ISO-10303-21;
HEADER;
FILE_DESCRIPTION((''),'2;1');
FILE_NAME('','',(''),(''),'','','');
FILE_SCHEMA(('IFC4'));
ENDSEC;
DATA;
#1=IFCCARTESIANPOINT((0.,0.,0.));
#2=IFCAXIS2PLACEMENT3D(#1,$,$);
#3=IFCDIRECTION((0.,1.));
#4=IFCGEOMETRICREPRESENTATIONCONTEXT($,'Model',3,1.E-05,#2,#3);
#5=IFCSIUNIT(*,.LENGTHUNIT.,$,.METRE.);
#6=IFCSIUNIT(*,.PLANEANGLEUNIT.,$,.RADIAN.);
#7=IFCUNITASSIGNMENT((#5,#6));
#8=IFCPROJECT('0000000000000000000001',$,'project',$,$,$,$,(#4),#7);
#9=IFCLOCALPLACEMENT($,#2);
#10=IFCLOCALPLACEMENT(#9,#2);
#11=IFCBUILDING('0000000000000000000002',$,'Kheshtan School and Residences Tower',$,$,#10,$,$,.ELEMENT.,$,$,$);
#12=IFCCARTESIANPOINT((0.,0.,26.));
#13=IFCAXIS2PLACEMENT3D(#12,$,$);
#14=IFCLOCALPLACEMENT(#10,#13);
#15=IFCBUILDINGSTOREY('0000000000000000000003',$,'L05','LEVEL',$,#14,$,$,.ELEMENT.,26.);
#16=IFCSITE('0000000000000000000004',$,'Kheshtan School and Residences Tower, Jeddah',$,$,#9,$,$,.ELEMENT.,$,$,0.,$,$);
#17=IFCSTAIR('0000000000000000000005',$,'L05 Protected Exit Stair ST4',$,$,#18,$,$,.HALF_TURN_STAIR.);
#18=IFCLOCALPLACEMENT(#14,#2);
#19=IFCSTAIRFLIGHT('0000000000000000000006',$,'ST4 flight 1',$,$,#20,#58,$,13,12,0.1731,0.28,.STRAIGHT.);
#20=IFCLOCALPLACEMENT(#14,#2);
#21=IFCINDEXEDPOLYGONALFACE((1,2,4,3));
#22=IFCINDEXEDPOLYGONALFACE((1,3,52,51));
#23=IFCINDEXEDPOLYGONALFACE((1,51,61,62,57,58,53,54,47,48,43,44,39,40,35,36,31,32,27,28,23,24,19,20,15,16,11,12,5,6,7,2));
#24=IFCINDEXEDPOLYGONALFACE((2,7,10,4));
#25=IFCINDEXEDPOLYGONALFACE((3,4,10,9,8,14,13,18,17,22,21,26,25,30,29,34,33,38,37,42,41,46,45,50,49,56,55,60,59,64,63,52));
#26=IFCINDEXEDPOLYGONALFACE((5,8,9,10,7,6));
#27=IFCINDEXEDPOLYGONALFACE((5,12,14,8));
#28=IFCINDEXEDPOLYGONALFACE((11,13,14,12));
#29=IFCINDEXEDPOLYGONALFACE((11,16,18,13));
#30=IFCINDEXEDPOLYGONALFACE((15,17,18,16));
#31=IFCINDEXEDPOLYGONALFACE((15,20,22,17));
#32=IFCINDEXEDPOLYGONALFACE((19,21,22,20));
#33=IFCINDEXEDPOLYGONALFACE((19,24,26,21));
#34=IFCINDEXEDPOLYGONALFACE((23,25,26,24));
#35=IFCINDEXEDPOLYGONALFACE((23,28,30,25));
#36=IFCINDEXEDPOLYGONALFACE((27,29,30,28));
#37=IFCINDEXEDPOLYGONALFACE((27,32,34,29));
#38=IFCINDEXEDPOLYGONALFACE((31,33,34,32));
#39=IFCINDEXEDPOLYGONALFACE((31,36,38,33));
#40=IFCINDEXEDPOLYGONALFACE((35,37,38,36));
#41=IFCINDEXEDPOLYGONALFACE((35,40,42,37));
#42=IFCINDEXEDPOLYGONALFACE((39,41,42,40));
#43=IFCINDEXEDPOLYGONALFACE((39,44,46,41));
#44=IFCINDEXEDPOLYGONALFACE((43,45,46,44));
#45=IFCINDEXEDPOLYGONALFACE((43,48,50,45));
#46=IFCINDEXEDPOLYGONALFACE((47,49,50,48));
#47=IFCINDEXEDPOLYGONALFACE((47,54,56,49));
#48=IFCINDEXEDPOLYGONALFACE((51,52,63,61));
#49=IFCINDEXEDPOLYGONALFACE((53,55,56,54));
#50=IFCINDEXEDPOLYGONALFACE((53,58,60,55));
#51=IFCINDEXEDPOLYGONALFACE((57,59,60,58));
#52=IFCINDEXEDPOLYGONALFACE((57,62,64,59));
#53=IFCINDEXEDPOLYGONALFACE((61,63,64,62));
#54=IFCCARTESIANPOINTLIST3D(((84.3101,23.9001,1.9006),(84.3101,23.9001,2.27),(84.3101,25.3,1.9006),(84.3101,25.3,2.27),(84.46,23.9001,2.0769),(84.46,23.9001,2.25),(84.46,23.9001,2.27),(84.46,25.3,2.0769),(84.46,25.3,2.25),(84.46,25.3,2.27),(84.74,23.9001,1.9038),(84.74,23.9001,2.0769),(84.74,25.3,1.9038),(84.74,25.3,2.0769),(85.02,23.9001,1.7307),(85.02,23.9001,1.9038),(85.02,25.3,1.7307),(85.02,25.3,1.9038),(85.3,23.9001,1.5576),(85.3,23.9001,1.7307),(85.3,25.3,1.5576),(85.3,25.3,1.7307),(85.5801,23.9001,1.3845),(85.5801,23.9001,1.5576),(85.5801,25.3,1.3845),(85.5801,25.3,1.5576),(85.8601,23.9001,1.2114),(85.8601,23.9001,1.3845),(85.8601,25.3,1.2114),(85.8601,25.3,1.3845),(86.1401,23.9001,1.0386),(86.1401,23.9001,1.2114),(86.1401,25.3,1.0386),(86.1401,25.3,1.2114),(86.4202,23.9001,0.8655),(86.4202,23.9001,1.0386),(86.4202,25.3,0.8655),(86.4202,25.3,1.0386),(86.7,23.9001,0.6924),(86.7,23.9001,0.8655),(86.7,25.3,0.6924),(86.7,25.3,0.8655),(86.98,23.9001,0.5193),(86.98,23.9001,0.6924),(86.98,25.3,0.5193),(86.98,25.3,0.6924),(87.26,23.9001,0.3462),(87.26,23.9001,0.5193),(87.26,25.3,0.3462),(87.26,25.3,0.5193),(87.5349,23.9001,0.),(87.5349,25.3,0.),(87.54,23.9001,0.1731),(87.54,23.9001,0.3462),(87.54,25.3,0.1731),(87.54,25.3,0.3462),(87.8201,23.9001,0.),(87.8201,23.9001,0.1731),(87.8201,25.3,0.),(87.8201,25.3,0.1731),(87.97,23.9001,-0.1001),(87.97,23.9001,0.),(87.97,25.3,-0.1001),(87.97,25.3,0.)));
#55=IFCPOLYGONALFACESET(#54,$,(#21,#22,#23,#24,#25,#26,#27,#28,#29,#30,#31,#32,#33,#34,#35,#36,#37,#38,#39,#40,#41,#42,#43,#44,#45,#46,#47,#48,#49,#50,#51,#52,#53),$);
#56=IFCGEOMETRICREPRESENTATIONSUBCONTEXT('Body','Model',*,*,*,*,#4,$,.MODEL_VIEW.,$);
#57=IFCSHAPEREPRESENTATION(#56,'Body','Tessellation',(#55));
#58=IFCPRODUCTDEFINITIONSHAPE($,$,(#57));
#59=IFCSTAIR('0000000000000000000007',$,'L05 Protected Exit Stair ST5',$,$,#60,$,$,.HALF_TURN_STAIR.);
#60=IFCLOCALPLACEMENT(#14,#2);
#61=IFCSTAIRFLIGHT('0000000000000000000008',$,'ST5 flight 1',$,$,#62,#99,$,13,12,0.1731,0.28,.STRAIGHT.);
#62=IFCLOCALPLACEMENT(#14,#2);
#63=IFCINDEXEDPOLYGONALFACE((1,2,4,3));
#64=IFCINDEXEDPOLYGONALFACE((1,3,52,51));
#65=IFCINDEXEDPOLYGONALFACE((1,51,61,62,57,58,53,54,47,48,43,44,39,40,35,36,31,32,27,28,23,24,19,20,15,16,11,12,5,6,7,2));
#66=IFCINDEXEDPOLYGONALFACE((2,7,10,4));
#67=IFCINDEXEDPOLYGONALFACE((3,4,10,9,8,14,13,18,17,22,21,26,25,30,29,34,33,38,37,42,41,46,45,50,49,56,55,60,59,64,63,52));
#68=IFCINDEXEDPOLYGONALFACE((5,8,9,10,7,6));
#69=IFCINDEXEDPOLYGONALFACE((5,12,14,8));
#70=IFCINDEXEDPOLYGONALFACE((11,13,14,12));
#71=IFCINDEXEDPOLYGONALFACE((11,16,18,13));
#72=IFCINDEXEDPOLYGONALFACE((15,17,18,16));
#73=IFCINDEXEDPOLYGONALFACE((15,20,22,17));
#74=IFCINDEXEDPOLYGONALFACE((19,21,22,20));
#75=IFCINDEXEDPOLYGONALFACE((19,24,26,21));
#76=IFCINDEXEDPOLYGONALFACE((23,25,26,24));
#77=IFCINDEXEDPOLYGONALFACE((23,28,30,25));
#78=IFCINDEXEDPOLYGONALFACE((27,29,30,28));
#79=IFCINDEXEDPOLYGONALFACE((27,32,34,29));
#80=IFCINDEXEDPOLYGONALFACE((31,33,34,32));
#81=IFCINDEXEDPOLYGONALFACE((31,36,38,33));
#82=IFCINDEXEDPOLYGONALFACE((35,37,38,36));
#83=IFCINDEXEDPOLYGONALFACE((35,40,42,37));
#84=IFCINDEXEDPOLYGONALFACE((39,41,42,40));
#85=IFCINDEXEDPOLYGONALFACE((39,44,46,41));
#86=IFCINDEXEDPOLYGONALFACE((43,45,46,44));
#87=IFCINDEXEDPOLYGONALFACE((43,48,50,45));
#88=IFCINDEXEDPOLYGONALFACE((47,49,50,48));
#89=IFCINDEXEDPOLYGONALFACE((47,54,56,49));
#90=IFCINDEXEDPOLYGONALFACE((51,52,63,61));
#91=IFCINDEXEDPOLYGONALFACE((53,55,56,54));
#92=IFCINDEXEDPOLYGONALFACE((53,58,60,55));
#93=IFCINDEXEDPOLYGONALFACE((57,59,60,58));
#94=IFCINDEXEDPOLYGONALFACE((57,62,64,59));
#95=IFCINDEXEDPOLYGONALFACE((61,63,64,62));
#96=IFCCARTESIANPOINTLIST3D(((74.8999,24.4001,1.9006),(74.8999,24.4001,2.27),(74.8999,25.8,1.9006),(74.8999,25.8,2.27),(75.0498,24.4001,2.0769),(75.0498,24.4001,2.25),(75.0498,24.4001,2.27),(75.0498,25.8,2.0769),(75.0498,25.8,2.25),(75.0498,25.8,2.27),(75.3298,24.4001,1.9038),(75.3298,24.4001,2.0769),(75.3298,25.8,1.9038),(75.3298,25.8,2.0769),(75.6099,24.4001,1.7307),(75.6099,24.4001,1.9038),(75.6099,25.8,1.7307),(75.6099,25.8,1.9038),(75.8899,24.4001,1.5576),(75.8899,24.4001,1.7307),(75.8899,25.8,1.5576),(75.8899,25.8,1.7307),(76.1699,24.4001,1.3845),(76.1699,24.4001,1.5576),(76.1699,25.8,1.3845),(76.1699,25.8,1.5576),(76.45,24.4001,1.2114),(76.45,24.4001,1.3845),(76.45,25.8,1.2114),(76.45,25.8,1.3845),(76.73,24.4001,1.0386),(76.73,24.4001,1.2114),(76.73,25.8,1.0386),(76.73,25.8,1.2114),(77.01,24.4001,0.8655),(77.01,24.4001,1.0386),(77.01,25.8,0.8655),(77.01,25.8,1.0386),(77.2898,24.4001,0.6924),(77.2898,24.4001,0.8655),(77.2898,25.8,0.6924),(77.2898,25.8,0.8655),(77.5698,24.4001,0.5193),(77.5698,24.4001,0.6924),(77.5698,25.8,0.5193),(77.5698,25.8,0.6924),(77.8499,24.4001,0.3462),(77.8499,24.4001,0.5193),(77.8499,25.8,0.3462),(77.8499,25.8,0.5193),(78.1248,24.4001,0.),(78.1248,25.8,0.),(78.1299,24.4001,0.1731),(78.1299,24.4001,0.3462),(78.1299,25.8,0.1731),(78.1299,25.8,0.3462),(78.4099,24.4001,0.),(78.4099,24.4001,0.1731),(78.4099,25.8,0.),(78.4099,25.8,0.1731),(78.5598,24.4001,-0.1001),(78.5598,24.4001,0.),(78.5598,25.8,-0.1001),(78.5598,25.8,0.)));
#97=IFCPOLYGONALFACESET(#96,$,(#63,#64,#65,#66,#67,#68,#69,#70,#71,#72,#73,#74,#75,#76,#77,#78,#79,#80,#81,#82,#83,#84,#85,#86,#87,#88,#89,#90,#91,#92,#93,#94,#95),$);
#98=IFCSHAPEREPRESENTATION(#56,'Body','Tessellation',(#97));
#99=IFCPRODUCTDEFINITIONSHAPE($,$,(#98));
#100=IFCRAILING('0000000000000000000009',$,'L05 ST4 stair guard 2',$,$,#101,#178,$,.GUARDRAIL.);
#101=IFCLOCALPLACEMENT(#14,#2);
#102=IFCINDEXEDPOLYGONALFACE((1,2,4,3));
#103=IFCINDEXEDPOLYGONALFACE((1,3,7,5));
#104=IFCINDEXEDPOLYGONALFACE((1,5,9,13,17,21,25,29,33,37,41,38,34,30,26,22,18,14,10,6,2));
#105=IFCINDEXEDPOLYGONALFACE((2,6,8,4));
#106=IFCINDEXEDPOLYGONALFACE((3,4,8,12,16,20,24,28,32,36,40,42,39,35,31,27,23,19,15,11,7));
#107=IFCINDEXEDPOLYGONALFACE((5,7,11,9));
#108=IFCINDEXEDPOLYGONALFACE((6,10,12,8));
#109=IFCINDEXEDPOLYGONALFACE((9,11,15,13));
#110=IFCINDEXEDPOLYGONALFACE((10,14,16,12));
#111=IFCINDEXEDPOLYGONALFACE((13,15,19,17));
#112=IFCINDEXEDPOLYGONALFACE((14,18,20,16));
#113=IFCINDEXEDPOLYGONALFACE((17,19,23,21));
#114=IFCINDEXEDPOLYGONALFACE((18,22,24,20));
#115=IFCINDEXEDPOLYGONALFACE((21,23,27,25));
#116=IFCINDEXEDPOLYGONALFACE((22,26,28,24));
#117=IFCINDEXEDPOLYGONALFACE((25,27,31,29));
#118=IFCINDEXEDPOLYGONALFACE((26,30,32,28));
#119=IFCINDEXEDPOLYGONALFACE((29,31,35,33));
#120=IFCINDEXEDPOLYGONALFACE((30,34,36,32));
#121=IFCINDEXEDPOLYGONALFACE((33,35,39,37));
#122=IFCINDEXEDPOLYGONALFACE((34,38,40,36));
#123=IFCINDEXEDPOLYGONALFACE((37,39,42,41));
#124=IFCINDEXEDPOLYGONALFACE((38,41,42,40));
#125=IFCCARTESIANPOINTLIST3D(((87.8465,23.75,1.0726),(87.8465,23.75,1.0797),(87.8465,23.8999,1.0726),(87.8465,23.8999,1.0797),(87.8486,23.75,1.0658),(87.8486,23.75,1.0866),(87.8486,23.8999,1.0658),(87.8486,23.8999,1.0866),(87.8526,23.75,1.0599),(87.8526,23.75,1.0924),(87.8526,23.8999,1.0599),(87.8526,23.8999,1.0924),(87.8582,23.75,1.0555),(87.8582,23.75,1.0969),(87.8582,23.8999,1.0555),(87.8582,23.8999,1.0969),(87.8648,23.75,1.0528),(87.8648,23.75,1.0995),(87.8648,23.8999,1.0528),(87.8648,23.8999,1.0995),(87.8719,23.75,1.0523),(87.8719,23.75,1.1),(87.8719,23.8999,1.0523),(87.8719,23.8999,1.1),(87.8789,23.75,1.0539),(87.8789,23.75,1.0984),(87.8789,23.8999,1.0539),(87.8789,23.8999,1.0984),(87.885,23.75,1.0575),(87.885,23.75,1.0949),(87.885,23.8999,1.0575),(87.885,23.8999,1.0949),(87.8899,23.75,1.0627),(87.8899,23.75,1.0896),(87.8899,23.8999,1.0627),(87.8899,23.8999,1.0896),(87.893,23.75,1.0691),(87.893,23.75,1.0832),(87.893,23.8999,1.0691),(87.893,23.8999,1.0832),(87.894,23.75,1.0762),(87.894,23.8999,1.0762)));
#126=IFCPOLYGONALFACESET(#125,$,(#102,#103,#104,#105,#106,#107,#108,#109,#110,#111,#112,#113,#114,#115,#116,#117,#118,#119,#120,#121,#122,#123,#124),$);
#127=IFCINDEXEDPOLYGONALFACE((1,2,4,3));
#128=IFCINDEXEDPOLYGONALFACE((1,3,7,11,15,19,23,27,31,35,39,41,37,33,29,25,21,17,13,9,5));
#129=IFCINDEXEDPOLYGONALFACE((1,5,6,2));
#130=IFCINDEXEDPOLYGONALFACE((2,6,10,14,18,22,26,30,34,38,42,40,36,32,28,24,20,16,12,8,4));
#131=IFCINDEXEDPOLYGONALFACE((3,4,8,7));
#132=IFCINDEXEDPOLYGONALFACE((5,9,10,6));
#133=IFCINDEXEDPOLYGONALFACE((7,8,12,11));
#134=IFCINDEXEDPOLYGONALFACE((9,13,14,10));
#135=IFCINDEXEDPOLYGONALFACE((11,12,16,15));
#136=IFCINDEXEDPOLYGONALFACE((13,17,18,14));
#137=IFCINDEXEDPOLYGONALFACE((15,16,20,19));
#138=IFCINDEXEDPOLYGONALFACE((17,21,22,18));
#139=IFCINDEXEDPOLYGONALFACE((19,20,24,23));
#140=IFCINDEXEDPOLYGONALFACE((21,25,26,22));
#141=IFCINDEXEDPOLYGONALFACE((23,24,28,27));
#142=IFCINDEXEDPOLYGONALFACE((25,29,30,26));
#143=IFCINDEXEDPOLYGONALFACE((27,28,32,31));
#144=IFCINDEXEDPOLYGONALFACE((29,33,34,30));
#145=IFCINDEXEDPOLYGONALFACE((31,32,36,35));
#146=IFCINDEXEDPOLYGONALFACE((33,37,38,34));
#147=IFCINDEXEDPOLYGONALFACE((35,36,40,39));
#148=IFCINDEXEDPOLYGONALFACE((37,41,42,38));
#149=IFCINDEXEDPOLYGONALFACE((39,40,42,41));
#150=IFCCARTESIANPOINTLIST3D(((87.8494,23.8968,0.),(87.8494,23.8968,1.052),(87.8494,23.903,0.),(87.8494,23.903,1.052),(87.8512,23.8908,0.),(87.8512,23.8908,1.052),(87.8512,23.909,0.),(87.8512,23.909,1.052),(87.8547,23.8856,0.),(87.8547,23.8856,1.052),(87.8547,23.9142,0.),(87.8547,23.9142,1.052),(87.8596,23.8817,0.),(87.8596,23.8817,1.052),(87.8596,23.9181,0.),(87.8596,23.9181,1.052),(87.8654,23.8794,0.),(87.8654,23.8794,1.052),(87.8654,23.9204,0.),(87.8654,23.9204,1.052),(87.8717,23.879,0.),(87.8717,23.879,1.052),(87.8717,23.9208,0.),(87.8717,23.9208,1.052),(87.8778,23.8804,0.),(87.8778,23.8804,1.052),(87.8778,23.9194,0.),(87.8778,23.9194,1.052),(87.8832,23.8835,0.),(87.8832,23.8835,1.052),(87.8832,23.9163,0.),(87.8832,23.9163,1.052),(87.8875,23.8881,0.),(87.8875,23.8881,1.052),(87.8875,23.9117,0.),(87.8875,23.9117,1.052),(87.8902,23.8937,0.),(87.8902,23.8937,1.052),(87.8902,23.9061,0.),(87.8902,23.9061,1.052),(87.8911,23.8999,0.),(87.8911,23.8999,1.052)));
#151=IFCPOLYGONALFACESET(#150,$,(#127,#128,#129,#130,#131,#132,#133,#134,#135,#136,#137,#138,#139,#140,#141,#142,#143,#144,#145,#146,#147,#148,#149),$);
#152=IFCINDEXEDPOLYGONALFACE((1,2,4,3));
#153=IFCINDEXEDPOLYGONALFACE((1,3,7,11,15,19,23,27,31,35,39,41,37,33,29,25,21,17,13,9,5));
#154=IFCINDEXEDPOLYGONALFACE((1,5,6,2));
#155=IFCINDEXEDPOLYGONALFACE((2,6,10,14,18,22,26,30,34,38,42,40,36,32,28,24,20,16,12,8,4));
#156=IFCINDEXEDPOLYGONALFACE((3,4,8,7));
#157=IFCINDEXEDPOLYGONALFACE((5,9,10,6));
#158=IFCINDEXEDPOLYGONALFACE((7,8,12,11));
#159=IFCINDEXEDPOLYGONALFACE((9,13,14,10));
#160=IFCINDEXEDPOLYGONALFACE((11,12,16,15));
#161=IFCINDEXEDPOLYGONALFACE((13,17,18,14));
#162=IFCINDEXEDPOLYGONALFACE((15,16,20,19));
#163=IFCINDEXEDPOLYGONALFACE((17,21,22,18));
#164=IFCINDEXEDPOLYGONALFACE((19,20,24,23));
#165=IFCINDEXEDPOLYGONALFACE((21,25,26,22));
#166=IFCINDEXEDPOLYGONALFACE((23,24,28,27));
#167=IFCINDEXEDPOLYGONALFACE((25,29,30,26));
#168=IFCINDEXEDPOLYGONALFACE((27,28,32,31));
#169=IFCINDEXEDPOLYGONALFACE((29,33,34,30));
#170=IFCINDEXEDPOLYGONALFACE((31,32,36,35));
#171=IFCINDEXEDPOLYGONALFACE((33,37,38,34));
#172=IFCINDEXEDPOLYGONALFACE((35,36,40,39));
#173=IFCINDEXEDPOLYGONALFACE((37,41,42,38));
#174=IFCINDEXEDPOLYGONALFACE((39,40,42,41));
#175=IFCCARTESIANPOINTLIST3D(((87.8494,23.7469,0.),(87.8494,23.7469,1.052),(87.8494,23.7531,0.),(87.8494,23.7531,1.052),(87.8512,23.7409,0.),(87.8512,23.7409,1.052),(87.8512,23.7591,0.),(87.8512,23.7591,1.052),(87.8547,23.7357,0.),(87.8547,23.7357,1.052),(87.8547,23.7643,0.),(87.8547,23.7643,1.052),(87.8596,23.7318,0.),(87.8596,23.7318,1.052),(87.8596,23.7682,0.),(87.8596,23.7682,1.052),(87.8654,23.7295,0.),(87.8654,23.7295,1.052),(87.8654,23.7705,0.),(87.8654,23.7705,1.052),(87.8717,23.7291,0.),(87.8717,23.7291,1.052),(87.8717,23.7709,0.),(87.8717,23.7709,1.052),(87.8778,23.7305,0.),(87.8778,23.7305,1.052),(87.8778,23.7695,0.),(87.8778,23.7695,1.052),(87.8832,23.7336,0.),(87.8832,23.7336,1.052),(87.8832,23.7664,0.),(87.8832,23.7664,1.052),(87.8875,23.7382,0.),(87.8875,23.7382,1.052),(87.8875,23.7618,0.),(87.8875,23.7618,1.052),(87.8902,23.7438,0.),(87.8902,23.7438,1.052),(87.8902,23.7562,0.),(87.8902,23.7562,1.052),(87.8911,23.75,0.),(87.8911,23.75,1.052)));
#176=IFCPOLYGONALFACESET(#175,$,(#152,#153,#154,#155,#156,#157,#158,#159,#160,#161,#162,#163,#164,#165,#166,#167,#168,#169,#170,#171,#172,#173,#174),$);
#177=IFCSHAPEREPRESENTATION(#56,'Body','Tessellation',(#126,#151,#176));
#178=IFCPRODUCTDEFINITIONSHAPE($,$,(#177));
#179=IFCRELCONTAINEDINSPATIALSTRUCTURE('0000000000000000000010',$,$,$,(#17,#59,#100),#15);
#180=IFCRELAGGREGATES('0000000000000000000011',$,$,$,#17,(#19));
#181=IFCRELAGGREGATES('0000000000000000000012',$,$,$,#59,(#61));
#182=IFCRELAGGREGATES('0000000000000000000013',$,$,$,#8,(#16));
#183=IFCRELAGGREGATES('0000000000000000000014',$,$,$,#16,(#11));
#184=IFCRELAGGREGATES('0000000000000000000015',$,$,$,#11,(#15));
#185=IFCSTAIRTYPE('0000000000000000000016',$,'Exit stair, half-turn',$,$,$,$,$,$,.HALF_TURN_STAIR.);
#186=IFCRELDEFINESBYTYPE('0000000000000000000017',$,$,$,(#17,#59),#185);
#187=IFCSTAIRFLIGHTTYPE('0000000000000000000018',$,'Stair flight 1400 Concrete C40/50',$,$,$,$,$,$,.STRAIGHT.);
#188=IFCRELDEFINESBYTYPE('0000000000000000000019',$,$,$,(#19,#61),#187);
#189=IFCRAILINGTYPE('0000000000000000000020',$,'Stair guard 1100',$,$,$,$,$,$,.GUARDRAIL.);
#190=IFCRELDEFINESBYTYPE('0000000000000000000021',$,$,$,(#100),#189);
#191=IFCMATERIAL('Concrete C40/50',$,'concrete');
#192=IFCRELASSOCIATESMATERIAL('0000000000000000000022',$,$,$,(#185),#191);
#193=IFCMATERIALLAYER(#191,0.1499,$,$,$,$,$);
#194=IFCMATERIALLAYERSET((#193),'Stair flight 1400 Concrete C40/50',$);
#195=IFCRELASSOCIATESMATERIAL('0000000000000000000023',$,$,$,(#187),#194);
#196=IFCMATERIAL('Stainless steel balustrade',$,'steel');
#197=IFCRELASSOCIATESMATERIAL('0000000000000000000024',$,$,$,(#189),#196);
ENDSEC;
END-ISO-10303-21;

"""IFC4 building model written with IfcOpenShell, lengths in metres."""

from ifc_helpers import new_model, si_unit, direction, frame, origin, origin_2d, place, context, subcontext, project, spatial, polyline, circle, outline, extrude, material, layer, layer_set, type_object, element, aggregate, save


model = new_model("IFC4")

# Units and contexts
model_context = context("Model", 3, precision=1e-05, world=origin(), true_north=direction((0.0, 1.0)))
body_context = subcontext(model_context, "Body", "Model", "MODEL_VIEW")
ifc_project = project(units=[si_unit("LENGTHUNIT", "METRE"), si_unit("PLANEANGLEUNIT", "RADIAN")], contexts=[model_context])

# Site, building, storey
site_placement = place(None, origin())
site = spatial("IfcSite", under=ifc_project, at=site_placement, Name="Kheshtan School and Residences Tower, Jeddah", CompositionType="ELEMENT", RefElevation=0.0)
building_placement = place(site_placement, origin())
building = spatial("IfcBuilding", under=site, at=building_placement, Name="Kheshtan School and Residences Tower", CompositionType="ELEMENT")
storey_placement = place(building_placement, frame((0.0, 0.0, 26.0)))
storey = spatial("IfcBuildingStorey", under=building, at=storey_placement, Name="L05", Description="LEVEL", CompositionType="ELEMENT", Elevation=26.0)

# Shared definitions
ifc_material_1 = material(Name="Concrete C40/50", Category="concrete")

# Stairs, stair flights
stair_type = type_object("IfcStairType", Name="Exit stair, half-turn", PredefinedType="HALF_TURN_STAIR", material=ifc_material_1)
stair_1_placement = place(storey_placement, origin())
stair_1 = element("IfcStair", 1, at=stair_1_placement, inside=storey, type_object=stair_type, Name="L05 Protected Exit Stair ST4", PredefinedType="HALF_TURN_STAIR")
ifc_layer_1 = layer(ifc_material_1, 0.1499)
ifc_layer_set_1 = layer_set([ifc_layer_1], Name="Stair flight 1400 Concrete C40/50")
stair_flight_type = type_object("IfcStairFlightType", Name="Stair flight 1400 Concrete C40/50", PredefinedType="STRAIGHT", material=ifc_layer_set_1)
stair_flight_1_placement = place(storey_placement, frame((87.8201, 24.6001, 0.0), z_axis=(0.0, 0.0, 1.0), x_axis=(-1.0, 0.0, 0.0)))
stair_flight_1 = element("IfcStairFlight", 2, at=stair_flight_1_placement, type_object=stair_flight_type, Name="ST4 flight 1", NumberOfRisers=13, NumberOfTreads=12, PredefinedType="STRAIGHT", RiserHeight=0.1731, TreadLength=0.28, context=body_context, shape_type="SweptSolid", body=[
    extrude(outline(polyline([(-0.1499, -0.1001), (-0.1499, 0.0), (0.0, 0.0), (0.0, 0.1731), (0.28, 0.1731), (0.28, 0.3462), (0.5601, 0.3462), (0.5601, 0.5193), (0.8401, 0.5193), (0.8401, 0.6924), (1.1201, 0.6924), (1.1201, 0.8655), (1.3999, 0.8655), (1.3999, 1.0386), (1.6799, 1.0386), (1.6799, 1.2114), (1.96, 1.2114), (1.96, 1.3845), (2.24, 1.3845), (2.24, 1.5576), (2.52, 1.5576), (2.52, 1.7307), (2.8, 1.7307), (2.8, 1.9038), (3.0801, 1.9038), (3.0801, 2.0769), (3.3601, 2.0769), (3.3601, 2.25), (3.3601, 2.27), (3.51, 2.27), (3.51, 1.9006), (0.2852, 0.0), (-0.1499, -0.1001)])), frame((0.0, 0.7, 0.0), z_axis=(0.0, -1.0, 0.0), x_axis=(1.0, 0.0, 0.0)), (0.0, 0.0, 1.0), 1.3999),
])
aggregate(stair_1, [stair_flight_1])
stair_2_placement = place(storey_placement, origin())
stair_2 = element("IfcStair", 3, at=stair_2_placement, inside=storey, type_object=stair_type, Name="L05 Protected Exit Stair ST5", PredefinedType="HALF_TURN_STAIR")
stair_flight_2_placement = place(storey_placement, frame((78.4099, 25.1001, 0.0), z_axis=(0.0, 0.0, 1.0), x_axis=(-1.0, 0.0, 0.0)))
stair_flight_2 = element("IfcStairFlight", 4, at=stair_flight_2_placement, type_object=stair_flight_type, Name="ST5 flight 1", NumberOfRisers=13, NumberOfTreads=12, PredefinedType="STRAIGHT", RiserHeight=0.1731, TreadLength=0.28, context=body_context, shape_type="SweptSolid", body=[
    extrude(outline(polyline([(-0.1499, -0.1001), (-0.1499, 0.0), (0.0, 0.0), (0.0, 0.1731), (0.28, 0.1731), (0.28, 0.3462), (0.5601, 0.3462), (0.5601, 0.5193), (0.8401, 0.5193), (0.8401, 0.6924), (1.1201, 0.6924), (1.1201, 0.8655), (1.3999, 0.8655), (1.3999, 1.0386), (1.6799, 1.0386), (1.6799, 1.2114), (1.96, 1.2114), (1.96, 1.3845), (2.24, 1.3845), (2.24, 1.5576), (2.52, 1.5576), (2.52, 1.7307), (2.8, 1.7307), (2.8, 1.9038), (3.0801, 1.9038), (3.0801, 2.0769), (3.3601, 2.0769), (3.3601, 2.25), (3.3601, 2.27), (3.51, 2.27), (3.51, 1.9006), (0.2852, 0.0), (-0.1499, -0.1001)])), frame((0.0, 0.7, 0.0), z_axis=(0.0, -1.0, 0.0), x_axis=(1.0, 0.0, 0.0)), (0.0, 0.0, 1.0), 1.3999),
])
aggregate(stair_2, [stair_flight_2])

# Railing
ifc_material_2 = material(Name="Stainless steel balustrade", Category="steel")
railing_type_1 = type_object("IfcRailingType", Name="Stair guard 1100", PredefinedType="GUARDRAIL", material=ifc_material_2)
railing_1_placement = place(storey_placement, frame((87.8701, 23.8999, 0.0)))
element("IfcRailing", 5, at=railing_1_placement, inside=storey, type_object=railing_type_1, Name="L05 ST4 stair guard 2", PredefinedType="GUARDRAIL", context=body_context, shape_type="SweptSolid", body=[
    extrude(circle(Radius=0.0239, at=origin_2d()), frame((0.0, 0.0, 1.0762), z_axis=(0.0, -1.0, 0.0), x_axis=(1.0, 0.0, 0.0)), (0.0, 0.0, 1.0), 0.1499),
    extrude(circle(Radius=0.021, at=origin_2d()), origin(), (0.0, 0.0, 1.0), 1.052),
    extrude(circle(Radius=0.021, at=origin_2d()), frame((0.0, -0.1499, 0.0)), (0.0, 0.0, 1.0), 1.052),
])

save(model, "model.ifc")
